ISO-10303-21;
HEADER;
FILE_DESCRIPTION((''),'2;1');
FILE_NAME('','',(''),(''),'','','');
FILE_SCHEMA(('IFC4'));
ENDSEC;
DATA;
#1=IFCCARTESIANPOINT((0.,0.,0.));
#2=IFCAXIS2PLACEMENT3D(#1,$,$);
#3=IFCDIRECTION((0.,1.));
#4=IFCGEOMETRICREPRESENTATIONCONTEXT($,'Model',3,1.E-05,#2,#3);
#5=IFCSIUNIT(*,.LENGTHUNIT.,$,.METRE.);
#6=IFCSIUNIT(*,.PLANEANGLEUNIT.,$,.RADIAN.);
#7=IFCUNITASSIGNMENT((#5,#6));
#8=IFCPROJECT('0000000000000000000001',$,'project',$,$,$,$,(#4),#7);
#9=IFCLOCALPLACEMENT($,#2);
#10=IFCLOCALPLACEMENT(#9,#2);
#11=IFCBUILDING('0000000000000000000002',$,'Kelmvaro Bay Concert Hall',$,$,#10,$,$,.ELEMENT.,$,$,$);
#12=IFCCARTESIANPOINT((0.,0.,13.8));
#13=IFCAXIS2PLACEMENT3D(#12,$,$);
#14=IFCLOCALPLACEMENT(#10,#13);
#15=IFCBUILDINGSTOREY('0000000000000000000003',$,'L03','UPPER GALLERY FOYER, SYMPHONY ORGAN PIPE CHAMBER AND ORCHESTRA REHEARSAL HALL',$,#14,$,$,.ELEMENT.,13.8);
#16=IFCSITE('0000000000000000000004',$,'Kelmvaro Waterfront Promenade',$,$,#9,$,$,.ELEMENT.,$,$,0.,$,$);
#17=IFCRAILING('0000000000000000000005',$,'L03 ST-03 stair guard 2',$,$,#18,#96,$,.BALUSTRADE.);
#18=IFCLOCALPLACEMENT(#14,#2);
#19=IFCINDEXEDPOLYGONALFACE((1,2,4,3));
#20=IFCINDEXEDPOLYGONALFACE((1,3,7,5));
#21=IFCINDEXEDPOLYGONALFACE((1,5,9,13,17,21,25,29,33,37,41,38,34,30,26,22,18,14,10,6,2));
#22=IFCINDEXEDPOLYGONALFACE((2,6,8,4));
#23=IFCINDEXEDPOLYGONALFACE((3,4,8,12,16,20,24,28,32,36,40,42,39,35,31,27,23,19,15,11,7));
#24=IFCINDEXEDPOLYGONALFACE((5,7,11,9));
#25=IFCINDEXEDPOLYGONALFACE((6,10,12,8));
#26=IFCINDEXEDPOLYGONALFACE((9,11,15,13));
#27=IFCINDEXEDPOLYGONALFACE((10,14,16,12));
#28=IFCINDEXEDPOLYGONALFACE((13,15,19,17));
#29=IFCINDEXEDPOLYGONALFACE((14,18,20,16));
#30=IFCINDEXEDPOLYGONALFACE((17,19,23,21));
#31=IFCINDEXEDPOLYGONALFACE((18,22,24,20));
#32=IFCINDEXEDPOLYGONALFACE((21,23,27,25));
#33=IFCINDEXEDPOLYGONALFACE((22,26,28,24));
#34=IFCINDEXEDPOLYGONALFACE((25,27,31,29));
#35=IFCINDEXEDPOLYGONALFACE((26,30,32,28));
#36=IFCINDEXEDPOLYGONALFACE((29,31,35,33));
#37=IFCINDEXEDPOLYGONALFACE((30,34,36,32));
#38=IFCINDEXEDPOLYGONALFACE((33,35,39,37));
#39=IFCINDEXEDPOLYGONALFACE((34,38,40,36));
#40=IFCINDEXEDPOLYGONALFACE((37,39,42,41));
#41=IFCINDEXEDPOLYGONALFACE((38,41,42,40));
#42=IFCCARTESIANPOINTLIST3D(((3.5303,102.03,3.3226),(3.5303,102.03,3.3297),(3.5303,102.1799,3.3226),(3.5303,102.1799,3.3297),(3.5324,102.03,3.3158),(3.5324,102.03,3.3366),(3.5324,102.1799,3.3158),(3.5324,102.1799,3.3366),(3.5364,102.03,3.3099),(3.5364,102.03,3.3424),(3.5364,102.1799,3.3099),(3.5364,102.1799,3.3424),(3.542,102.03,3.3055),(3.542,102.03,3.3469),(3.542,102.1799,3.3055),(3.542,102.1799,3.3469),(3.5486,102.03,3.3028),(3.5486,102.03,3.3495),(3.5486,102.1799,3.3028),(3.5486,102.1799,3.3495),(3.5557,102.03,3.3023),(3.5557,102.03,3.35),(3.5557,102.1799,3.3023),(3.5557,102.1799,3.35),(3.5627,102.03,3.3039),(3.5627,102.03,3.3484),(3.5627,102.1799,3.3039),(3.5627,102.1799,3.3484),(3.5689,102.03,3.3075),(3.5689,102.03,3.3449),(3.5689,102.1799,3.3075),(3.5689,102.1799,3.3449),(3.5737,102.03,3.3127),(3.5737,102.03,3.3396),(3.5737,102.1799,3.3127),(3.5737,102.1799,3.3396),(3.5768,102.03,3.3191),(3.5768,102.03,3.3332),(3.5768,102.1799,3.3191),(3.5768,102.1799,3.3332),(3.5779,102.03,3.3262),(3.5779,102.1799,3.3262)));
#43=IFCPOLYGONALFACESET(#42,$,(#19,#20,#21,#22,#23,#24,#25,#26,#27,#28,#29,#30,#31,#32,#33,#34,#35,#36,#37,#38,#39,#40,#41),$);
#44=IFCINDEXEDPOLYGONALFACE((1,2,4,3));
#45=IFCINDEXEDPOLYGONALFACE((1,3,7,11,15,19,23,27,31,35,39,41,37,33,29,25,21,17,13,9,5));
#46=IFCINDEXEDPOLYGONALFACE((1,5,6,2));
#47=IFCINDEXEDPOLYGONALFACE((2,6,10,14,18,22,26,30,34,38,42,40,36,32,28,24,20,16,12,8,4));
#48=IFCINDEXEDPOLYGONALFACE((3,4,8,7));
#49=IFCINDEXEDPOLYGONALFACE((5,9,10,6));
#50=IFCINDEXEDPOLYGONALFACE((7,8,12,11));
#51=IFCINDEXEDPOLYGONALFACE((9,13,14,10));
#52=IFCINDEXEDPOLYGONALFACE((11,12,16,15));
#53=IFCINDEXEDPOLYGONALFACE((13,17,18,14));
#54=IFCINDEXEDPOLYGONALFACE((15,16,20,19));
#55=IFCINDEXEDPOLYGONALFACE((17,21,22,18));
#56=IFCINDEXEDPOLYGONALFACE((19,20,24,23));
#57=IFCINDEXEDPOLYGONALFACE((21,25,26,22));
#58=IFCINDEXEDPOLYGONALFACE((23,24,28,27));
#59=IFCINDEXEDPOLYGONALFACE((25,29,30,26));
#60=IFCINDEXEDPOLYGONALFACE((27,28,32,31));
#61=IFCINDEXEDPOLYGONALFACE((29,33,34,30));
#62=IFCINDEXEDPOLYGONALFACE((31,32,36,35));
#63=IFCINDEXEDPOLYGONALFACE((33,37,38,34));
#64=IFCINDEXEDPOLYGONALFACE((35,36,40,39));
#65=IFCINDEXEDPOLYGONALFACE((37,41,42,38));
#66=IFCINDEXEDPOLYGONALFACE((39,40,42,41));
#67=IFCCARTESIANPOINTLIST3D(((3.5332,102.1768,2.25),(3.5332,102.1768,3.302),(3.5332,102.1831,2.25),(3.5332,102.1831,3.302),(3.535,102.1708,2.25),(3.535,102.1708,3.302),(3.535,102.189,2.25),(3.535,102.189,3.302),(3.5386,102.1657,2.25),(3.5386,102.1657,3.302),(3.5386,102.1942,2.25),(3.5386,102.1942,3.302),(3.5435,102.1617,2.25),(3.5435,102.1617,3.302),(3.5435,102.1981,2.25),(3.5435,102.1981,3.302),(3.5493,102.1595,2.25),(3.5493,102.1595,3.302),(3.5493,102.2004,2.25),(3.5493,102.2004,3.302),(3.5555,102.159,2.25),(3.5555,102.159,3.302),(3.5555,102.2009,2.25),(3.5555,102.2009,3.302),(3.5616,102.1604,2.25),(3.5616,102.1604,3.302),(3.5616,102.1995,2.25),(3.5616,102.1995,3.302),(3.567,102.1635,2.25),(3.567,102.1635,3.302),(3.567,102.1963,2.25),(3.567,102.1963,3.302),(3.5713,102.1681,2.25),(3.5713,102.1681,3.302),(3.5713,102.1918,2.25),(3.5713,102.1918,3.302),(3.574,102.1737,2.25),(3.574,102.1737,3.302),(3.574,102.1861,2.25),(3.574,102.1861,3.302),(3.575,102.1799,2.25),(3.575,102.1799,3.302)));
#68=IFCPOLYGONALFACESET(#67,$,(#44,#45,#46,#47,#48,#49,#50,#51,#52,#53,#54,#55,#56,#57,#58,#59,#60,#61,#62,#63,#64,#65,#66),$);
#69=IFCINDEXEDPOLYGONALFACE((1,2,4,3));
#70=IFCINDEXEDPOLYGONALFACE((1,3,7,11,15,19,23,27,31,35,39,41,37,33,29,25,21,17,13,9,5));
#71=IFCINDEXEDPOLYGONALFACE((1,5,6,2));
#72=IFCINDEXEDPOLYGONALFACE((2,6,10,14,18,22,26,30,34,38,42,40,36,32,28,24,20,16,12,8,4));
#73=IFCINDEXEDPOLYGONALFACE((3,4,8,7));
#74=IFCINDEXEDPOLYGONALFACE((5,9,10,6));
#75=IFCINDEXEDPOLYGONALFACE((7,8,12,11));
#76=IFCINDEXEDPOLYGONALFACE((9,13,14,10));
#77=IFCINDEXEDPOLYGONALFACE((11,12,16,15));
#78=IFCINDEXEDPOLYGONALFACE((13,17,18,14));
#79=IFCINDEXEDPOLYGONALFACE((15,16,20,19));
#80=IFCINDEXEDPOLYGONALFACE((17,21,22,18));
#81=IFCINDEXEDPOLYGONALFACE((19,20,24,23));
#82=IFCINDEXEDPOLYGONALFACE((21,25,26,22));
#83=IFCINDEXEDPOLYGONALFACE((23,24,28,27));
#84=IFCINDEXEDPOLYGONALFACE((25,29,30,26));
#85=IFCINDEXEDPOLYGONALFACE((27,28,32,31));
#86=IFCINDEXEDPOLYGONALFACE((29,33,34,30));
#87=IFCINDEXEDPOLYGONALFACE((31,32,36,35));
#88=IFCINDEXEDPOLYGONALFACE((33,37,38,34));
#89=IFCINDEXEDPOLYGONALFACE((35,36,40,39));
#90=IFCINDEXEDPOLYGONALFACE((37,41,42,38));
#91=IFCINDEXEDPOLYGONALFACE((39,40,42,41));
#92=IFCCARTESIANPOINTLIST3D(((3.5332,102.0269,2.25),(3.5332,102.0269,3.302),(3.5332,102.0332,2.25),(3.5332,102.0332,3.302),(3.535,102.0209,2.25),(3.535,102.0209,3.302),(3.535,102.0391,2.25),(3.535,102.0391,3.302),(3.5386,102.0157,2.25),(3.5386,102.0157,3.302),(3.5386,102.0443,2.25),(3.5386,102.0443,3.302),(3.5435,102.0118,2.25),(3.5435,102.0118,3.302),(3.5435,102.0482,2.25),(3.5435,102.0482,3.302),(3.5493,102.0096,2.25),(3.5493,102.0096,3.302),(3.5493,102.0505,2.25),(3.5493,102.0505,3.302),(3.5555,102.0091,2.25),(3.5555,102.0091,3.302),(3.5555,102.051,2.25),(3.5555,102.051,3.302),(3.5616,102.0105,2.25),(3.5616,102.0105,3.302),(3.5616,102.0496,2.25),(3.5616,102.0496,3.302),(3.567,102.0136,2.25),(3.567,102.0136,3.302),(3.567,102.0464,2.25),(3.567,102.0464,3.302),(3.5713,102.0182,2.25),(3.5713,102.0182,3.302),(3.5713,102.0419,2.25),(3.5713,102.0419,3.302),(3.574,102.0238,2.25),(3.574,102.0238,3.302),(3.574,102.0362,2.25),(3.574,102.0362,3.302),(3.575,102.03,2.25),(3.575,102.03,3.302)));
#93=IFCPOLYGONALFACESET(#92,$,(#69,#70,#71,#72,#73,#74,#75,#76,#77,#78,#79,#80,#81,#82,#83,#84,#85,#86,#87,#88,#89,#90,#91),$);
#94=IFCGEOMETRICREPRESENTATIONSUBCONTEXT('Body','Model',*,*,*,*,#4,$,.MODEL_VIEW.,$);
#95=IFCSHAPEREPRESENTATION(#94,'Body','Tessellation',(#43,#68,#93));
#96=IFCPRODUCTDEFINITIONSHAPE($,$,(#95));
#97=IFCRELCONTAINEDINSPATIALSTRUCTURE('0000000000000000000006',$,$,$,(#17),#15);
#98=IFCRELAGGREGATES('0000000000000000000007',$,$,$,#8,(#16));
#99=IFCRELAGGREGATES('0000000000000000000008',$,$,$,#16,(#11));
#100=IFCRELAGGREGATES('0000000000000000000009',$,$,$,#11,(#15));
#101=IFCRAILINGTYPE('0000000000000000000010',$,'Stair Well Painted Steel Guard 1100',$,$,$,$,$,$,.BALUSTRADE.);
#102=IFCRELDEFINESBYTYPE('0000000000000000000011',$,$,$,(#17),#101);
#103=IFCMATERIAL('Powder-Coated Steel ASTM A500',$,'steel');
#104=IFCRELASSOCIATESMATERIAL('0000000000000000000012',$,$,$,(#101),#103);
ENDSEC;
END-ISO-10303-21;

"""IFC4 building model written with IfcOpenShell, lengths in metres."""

from ifc_helpers import new_model, si_unit, direction, frame, origin, origin_2d, place, context, subcontext, project, spatial, circle, extrude, material, type_object, element, save


model = new_model("IFC4")

# Units and contexts
model_context = context("Model", 3, precision=1e-05, world=origin(), true_north=direction((0.0, 1.0)))
body_context = subcontext(model_context, "Body", "Model", "MODEL_VIEW")
ifc_project = project(units=[si_unit("LENGTHUNIT", "METRE"), si_unit("PLANEANGLEUNIT", "RADIAN")], contexts=[model_context])

# Site, building, storey
site_placement = place(None, origin())
site = spatial("IfcSite", under=ifc_project, at=site_placement, Name="Kelmvaro Waterfront Promenade", CompositionType="ELEMENT", RefElevation=0.0)
building_placement = place(site_placement, origin())
building = spatial("IfcBuilding", under=site, at=building_placement, Name="Kelmvaro Bay Concert Hall", CompositionType="ELEMENT")
storey_placement = place(building_placement, frame((0.0, 0.0, 13.8)))
storey = spatial("IfcBuildingStorey", under=building, at=storey_placement, Name="L03", Description="UPPER GALLERY FOYER, SYMPHONY ORGAN PIPE CHAMBER AND ORCHESTRA REHEARSAL HALL", CompositionType="ELEMENT", Elevation=13.8)

# Railing
ifc_material_1 = material(Name="Powder-Coated Steel ASTM A500", Category="steel")
railing_type_1 = type_object("IfcRailingType", Name="Stair Well Painted Steel Guard 1100", PredefinedType="BALUSTRADE", material=ifc_material_1)
railing_1_placement = place(storey_placement, frame((3.554, 102.1799, 2.25)))
element("IfcRailing", 1, at=railing_1_placement, inside=storey, type_object=railing_type_1, Name="L03 ST-03 stair guard 2", PredefinedType="BALUSTRADE", context=body_context, shape_type="SweptSolid", body=[
    extrude(circle(Radius=0.0239, at=origin_2d()), frame((0.0, 0.0, 1.0762), z_axis=(0.0, -1.0, 0.0), x_axis=(1.0, 0.0, 0.0)), (0.0, 0.0, 1.0), 0.1499),
    extrude(circle(Radius=0.021, at=origin_2d()), origin(), (0.0, 0.0, 1.0), 1.052),
    extrude(circle(Radius=0.021, at=origin_2d()), frame((0.0, -0.1499, 0.0)), (0.0, 0.0, 1.0), 1.052),
])

save(model, "model.ifc")
